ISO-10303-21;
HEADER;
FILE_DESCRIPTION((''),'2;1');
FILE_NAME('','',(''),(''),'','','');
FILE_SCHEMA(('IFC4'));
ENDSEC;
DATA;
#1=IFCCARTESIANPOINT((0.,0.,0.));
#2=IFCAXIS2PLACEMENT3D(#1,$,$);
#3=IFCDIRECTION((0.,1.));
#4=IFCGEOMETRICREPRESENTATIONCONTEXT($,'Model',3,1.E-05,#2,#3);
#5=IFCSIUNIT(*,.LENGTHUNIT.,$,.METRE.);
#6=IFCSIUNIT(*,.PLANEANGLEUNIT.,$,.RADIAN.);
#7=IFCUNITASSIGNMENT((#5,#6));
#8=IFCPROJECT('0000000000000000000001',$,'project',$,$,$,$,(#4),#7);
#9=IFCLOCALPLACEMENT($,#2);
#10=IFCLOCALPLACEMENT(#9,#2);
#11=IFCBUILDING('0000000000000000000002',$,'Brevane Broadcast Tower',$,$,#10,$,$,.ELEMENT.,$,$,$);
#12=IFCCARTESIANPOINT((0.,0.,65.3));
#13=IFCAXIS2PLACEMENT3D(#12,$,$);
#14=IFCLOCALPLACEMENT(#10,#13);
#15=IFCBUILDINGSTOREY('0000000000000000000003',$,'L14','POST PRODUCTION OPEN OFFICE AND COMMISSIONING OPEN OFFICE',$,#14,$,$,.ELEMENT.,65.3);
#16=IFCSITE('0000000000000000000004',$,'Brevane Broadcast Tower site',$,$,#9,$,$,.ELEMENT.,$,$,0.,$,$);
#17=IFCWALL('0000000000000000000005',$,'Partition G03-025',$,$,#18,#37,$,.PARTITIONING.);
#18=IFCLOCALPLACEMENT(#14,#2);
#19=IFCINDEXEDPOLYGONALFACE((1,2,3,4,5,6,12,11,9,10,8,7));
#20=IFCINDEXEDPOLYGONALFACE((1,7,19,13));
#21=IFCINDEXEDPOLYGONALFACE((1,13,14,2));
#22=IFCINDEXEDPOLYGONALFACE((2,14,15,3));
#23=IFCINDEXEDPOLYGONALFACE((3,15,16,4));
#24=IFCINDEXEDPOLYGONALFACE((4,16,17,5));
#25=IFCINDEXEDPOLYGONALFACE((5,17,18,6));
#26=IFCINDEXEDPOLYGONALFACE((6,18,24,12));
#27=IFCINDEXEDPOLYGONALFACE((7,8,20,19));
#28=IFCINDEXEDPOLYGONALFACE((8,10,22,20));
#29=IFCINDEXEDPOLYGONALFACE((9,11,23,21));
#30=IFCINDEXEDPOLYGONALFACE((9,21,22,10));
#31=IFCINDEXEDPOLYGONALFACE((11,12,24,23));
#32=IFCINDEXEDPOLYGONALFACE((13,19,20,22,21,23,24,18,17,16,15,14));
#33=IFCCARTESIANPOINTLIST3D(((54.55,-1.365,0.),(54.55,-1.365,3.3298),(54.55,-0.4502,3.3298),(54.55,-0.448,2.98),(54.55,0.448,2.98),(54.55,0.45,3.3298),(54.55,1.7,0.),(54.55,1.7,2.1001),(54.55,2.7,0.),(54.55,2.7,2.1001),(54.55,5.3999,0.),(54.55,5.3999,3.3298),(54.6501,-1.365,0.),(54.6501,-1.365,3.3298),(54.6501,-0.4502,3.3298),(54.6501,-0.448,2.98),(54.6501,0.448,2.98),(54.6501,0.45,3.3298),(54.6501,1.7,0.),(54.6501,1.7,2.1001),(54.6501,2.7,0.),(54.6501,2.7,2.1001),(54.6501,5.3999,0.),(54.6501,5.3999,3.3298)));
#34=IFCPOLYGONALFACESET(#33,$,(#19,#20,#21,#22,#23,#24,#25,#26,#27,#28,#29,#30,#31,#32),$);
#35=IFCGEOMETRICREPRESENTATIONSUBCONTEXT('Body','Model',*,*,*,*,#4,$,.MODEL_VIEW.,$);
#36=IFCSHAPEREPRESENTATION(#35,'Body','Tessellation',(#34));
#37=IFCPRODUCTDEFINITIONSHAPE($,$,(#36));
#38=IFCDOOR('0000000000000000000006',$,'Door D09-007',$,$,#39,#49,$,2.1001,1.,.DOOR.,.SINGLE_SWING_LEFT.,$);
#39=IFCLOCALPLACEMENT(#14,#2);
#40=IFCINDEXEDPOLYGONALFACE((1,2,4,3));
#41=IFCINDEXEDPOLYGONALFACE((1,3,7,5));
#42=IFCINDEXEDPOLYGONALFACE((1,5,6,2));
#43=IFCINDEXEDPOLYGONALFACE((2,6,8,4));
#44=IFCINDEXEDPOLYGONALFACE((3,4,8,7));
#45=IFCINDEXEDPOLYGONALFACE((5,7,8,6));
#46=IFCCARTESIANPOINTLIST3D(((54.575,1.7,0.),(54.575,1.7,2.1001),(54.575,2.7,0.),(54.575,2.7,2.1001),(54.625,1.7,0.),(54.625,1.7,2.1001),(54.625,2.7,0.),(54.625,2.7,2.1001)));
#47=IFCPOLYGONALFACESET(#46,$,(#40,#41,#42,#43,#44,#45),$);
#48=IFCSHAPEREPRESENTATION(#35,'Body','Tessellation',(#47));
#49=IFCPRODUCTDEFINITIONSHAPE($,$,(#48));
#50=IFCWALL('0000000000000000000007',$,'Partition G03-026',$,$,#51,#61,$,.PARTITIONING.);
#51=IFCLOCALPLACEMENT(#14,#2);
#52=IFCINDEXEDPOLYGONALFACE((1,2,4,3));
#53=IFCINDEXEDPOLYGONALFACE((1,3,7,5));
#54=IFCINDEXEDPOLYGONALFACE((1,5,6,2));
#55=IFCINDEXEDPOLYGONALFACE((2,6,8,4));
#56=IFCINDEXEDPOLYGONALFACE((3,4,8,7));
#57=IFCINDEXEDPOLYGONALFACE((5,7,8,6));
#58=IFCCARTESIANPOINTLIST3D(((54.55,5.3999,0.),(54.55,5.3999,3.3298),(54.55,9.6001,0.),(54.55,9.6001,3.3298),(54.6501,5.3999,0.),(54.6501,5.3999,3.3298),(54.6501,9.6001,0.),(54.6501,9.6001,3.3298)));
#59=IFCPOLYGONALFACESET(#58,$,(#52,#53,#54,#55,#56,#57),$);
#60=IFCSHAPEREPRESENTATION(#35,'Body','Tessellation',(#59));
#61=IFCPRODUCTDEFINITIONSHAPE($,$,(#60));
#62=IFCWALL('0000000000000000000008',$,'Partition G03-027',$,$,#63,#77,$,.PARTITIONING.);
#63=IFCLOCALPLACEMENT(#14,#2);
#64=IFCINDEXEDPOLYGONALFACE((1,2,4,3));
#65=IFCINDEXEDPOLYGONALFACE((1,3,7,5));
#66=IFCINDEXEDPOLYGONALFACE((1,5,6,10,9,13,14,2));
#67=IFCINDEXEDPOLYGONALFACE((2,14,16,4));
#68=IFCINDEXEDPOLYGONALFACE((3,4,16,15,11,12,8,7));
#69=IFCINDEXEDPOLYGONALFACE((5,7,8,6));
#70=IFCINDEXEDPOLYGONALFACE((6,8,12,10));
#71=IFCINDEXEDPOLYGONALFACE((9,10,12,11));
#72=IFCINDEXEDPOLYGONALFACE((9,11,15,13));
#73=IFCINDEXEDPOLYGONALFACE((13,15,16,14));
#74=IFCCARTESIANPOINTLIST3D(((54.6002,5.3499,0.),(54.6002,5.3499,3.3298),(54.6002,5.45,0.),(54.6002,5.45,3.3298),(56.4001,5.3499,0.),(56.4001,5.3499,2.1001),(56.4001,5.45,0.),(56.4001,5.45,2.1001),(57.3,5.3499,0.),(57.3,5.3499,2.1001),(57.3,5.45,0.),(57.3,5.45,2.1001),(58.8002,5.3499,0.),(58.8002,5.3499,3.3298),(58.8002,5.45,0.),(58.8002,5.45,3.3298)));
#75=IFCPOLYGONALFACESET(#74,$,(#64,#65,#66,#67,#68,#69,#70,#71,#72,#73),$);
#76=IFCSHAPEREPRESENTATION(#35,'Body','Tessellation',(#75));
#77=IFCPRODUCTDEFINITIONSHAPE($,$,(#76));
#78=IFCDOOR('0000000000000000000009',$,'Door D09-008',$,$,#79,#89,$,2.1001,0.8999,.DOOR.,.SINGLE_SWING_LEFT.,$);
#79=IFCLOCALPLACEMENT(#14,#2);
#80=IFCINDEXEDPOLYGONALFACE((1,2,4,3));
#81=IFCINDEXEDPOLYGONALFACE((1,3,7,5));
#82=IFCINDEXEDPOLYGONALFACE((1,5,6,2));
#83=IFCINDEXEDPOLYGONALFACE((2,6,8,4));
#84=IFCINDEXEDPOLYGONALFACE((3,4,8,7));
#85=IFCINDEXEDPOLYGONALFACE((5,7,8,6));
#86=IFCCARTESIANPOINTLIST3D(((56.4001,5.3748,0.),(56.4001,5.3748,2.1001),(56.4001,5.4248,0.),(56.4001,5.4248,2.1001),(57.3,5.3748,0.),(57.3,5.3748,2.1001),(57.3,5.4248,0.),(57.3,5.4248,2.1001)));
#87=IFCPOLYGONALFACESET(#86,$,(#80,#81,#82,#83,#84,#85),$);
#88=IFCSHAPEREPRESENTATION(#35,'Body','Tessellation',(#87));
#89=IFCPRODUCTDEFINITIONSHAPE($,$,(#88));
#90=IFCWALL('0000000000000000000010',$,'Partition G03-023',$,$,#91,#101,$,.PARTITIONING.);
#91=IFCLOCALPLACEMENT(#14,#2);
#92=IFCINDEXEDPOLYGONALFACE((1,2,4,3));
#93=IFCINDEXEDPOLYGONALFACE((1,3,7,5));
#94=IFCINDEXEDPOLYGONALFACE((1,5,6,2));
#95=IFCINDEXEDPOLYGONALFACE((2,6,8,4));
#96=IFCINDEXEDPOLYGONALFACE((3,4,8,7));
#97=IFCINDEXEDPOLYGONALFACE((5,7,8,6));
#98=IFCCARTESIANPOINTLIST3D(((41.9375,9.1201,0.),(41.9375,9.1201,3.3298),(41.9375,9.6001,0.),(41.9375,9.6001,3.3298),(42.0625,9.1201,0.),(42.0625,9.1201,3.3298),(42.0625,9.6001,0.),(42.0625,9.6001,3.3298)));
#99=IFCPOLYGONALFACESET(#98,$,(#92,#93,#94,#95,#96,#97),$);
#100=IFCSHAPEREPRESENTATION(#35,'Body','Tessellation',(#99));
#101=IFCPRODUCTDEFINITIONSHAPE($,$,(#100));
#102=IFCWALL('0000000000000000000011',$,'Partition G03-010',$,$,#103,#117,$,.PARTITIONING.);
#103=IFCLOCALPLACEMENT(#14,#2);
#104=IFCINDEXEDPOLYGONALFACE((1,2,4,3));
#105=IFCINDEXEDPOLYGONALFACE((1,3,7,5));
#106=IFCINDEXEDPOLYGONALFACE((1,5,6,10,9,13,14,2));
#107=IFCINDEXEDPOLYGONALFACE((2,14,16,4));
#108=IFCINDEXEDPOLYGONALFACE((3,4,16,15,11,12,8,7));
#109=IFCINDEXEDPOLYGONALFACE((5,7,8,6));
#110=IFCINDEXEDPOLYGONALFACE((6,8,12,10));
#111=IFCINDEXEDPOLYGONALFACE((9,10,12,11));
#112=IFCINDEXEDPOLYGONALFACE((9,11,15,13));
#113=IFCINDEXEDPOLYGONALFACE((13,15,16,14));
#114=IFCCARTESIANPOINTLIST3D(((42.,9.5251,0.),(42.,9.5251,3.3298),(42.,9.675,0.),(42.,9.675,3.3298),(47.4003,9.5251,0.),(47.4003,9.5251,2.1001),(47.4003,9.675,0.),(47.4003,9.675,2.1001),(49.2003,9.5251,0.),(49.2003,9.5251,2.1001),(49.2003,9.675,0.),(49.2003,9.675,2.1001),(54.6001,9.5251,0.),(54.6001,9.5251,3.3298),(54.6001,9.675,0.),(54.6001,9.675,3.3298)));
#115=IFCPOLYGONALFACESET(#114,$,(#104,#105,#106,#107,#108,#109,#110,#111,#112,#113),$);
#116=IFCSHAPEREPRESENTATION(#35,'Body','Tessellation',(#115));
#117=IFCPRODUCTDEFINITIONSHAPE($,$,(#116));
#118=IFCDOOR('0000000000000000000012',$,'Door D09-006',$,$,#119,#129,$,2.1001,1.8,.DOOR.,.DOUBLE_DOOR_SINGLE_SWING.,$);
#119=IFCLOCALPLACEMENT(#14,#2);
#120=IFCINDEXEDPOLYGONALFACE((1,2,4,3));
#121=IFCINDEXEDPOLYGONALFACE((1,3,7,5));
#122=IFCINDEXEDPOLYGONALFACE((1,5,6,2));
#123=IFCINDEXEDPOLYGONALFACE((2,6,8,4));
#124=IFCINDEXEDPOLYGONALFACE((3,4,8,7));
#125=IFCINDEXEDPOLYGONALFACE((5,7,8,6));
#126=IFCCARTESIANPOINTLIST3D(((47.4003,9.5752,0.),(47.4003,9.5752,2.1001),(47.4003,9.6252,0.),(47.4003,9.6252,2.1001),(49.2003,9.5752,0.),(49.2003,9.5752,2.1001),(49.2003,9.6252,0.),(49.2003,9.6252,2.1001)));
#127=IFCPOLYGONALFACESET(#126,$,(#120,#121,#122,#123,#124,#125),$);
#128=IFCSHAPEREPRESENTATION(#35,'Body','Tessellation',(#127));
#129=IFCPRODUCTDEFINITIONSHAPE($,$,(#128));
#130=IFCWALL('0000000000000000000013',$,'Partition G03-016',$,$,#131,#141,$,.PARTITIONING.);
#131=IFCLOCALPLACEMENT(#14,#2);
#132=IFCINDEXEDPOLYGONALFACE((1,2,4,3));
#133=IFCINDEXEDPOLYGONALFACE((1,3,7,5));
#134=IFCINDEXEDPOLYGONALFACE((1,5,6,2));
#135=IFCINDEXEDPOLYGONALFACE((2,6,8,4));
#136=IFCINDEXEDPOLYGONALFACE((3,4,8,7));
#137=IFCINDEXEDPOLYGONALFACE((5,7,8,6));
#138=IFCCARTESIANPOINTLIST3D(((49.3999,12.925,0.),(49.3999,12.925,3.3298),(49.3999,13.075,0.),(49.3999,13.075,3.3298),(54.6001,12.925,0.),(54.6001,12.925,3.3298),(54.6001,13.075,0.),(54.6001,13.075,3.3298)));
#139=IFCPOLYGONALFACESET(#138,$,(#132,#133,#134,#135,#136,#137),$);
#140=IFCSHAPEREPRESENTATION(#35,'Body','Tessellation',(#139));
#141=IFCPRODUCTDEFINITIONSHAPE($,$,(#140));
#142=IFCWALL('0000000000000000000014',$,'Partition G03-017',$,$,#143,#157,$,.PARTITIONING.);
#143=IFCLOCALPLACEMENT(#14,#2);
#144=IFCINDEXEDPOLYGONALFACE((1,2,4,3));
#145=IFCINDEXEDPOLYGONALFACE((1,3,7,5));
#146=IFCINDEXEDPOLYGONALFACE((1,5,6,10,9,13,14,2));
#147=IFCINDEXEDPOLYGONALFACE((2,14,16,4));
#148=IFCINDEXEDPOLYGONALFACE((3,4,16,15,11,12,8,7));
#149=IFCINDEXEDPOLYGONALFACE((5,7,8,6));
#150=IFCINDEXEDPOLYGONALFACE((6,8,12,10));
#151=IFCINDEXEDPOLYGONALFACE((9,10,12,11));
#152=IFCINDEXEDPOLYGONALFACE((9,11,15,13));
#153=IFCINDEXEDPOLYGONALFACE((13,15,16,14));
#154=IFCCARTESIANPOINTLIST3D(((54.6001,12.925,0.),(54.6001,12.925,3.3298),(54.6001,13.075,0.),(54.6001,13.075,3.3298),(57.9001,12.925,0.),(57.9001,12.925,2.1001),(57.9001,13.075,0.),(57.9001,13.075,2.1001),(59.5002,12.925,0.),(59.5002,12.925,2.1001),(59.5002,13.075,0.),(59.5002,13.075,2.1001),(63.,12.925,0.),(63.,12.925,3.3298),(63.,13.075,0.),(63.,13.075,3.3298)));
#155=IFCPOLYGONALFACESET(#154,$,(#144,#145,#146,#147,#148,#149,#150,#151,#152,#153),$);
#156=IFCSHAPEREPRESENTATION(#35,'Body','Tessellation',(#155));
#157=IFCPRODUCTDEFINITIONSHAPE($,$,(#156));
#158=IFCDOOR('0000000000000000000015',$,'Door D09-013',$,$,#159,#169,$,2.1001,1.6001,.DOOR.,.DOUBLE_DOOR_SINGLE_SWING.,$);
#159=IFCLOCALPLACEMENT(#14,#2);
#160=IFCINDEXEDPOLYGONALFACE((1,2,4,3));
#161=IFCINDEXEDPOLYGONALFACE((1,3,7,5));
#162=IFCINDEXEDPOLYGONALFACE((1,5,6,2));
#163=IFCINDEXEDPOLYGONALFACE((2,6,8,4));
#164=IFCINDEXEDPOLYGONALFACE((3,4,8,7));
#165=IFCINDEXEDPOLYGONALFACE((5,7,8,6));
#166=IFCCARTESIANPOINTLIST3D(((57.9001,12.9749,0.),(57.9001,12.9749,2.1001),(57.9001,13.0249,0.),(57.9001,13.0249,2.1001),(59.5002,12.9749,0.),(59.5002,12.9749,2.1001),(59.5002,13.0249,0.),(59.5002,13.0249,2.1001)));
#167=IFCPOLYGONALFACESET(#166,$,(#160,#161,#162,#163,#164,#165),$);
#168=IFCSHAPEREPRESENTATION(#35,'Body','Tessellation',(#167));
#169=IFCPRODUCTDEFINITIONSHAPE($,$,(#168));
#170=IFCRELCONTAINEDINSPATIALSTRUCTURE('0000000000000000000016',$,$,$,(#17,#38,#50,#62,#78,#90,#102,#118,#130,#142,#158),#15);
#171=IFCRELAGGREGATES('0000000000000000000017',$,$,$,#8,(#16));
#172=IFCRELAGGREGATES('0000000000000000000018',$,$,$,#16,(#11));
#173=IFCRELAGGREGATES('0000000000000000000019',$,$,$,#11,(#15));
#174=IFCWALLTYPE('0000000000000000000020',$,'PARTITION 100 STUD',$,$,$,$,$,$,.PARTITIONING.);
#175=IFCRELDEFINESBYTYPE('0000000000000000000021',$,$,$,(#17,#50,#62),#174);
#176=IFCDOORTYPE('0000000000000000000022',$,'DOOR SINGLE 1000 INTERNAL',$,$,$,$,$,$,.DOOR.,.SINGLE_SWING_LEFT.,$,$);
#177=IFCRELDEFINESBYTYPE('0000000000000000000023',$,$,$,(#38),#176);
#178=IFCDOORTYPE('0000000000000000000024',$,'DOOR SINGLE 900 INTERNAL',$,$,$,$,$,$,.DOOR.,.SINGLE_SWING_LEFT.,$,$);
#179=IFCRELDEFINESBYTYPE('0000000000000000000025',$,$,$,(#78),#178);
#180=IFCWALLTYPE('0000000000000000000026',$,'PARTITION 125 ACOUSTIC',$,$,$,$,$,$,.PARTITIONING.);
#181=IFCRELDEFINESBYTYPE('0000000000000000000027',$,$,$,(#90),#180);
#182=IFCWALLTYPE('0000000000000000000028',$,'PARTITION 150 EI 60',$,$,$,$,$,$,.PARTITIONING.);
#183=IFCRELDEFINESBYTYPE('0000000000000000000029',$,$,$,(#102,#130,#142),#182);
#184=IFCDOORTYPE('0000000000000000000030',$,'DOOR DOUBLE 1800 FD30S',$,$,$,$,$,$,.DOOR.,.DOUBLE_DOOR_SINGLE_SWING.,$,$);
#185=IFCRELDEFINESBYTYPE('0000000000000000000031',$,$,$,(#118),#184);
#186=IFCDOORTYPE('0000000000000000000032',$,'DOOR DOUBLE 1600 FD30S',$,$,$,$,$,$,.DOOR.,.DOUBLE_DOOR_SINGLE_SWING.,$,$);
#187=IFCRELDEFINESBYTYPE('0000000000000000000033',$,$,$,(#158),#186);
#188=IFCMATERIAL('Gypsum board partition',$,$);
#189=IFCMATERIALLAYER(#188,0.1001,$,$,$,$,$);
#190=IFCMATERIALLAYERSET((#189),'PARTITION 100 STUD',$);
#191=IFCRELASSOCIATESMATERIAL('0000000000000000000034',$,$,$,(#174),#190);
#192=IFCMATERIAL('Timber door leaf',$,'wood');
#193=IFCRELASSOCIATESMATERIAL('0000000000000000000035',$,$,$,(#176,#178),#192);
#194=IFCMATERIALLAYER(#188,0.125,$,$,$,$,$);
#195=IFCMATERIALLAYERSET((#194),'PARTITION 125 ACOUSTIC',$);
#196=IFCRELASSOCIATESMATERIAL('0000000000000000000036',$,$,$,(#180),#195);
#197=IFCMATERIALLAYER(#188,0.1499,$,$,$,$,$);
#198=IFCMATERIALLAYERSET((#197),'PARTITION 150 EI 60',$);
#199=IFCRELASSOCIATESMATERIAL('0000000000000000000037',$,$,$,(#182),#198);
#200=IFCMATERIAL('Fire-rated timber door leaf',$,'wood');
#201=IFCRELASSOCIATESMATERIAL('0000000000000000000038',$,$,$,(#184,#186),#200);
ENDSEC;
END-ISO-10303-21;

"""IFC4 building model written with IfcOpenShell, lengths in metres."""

from ifc_helpers import new_model, si_unit, direction, frame, frame_2d, origin, place, context, subcontext, project, spatial, polyline, rectangle, outline, extrude, material, layer, layer_set, type_object, element, fill, save


model = new_model("IFC4")

# Units and contexts
model_context = context("Model", 3, precision=1e-05, world=origin(), true_north=direction((0.0, 1.0)))
body_context = subcontext(model_context, "Body", "Model", "MODEL_VIEW")
ifc_project = project(units=[si_unit("LENGTHUNIT", "METRE"), si_unit("PLANEANGLEUNIT", "RADIAN")], contexts=[model_context])

# Site, building, storey
site_placement = place(None, origin())
site = spatial("IfcSite", under=ifc_project, at=site_placement, Name="Brevane Broadcast Tower site", CompositionType="ELEMENT", RefElevation=0.0)
building_placement = place(site_placement, origin())
building = spatial("IfcBuilding", under=site, at=building_placement, Name="Brevane Broadcast Tower", CompositionType="ELEMENT")
storey_placement = place(building_placement, frame((0.0, 0.0, 65.3)))
storey = spatial("IfcBuildingStorey", under=building, at=storey_placement, Name="L14", Description="POST PRODUCTION OPEN OFFICE AND COMMISSIONING OPEN OFFICE", CompositionType="ELEMENT", Elevation=65.3)

# Wall, opening, door
ifc_material_1 = material(Name="Gypsum board partition")
ifc_layer_1 = layer(ifc_material_1, 0.1001)
ifc_layer_set_1 = layer_set([ifc_layer_1], Name="PARTITION 100 STUD")
wall_type_1 = type_object("IfcWallType", Name="PARTITION 100 STUD", PredefinedType="PARTITIONING", material=ifc_layer_set_1)
wall_1_placement = place(storey_placement, frame((54.6001, 5.3999, 0.0), z_axis=(0.0, 0.0, 1.0), x_axis=(0.0, -1.0, 0.0)))
wall_1 = element("IfcWall", 1, at=wall_1_placement, inside=storey, type_object=wall_type_1, Name="Partition G03-025", PredefinedType="PARTITIONING", context=body_context, shape_type="SweptSolid", body=[
    extrude(outline(polyline([(0.0, 0.0), (6.7649, 0.0), (6.7649, 3.3298), (6.5, 3.3298), (5.8501, 3.3298), (5.8479, 2.98), (4.9519, 2.98), (4.95, 3.3298), (0.0, 3.3298), (0.0, 0.0)])), frame((0.0, 0.05, 0.0), z_axis=(0.0, -1.0, 0.0), x_axis=(1.0, 0.0, 0.0)), (0.0, 0.0, 1.0), 0.1001),
])
opening_1_placement = place(wall_1_placement, frame((2.7, 0.0, 0.0)))
opening_1 = element("IfcOpeningElement", 2, at=opening_1_placement, cuts=wall_1, PredefinedType="OPENING", context=body_context, shape_type="SweptSolid", body=[
    extrude(rectangle(XDim=1.0, YDim=2.1001, at=frame_2d((0.5, 1.05))), frame((0.0, 0.0601, 0.0), z_axis=(0.0, -1.0, 0.0), x_axis=(1.0, 0.0, 0.0)), (0.0, 0.0, 1.0), 0.1201),
])
ifc_material_2 = material(Name="Timber door leaf", Category="wood")
door_type_1 = type_object("IfcDoorType", Name="DOOR SINGLE 1000 INTERNAL", OperationType="SINGLE_SWING_LEFT", PredefinedType="DOOR", material=ifc_material_2)
door_1_placement = place(opening_1_placement, origin())
door_1 = element("IfcDoor", 3, at=door_1_placement, inside=storey, type_object=door_type_1, Name="Door D09-007", OperationType="SINGLE_SWING_LEFT", OverallHeight=2.1001, OverallWidth=1.0, PredefinedType="DOOR", context=body_context, shape_type="SweptSolid", body=[
    extrude(rectangle(XDim=1.0, YDim=2.1001, at=frame_2d((0.5, 1.05))), frame((0.0, 0.0249, 0.0), z_axis=(0.0, -1.0, 0.0), x_axis=(1.0, 0.0, 0.0)), (0.0, 0.0, 1.0), 0.05),
])
fill(opening_1, door_1)

# Wall
wall_2_placement = place(storey_placement, frame((54.6001, 9.6001, 0.0), z_axis=(0.0, 0.0, 1.0), x_axis=(0.0, -1.0, 0.0)))
element("IfcWall", 4, at=wall_2_placement, inside=storey, type_object=wall_type_1, Name="Partition G03-026", PredefinedType="PARTITIONING", context=body_context, shape_type="SweptSolid", body=[
    extrude(rectangle(XDim=4.2002, YDim=0.1001, at=frame_2d((2.1001, 0.0))), origin(), (0.0, 0.0, 1.0), 3.3298),
])

# Wall, opening, door
wall_3_placement = place(storey_placement, frame((54.6001, 5.3999, 0.0), z_axis=(0.0, 0.0, 1.0), x_axis=(1.0, 0.0, 0.0)))
wall_3 = element("IfcWall", 5, at=wall_3_placement, inside=storey, type_object=wall_type_1, Name="Partition G03-027", PredefinedType="PARTITIONING", context=body_context, shape_type="SweptSolid", body=[
    extrude(rectangle(XDim=4.2, YDim=0.1001, at=frame_2d((2.1001, 0.0))), origin(), (0.0, 0.0, 1.0), 3.3298),
])
opening_2_placement = place(wall_3_placement, frame((1.8, 0.0, 0.0)))
opening_2 = element("IfcOpeningElement", 6, at=opening_2_placement, cuts=wall_3, PredefinedType="OPENING", context=body_context, shape_type="SweptSolid", body=[
    extrude(rectangle(XDim=0.8999, YDim=2.1001, at=frame_2d((0.45, 1.05))), frame((0.0, 0.0601, 0.0), z_axis=(0.0, -1.0, 0.0), x_axis=(1.0, 0.0, 0.0)), (0.0, 0.0, 1.0), 0.1201),
])
door_type_2 = type_object("IfcDoorType", Name="DOOR SINGLE 900 INTERNAL", OperationType="SINGLE_SWING_LEFT", PredefinedType="DOOR", material=ifc_material_2)
door_2_placement = place(opening_2_placement, origin())
door_2 = element("IfcDoor", 7, at=door_2_placement, inside=storey, type_object=door_type_2, Name="Door D09-008", OperationType="SINGLE_SWING_LEFT", OverallHeight=2.1001, OverallWidth=0.8999, PredefinedType="DOOR", context=body_context, shape_type="SweptSolid", body=[
    extrude(rectangle(XDim=0.8999, YDim=2.1001, at=frame_2d((0.45, 1.05))), frame((0.0, 0.0249, 0.0), z_axis=(0.0, -1.0, 0.0), x_axis=(1.0, 0.0, 0.0)), (0.0, 0.0, 1.0), 0.05),
])
fill(opening_2, door_2)

# Wall
ifc_layer_2 = layer(ifc_material_1, 0.125)
ifc_layer_set_2 = layer_set([ifc_layer_2], Name="PARTITION 125 ACOUSTIC")
wall_type_2 = type_object("IfcWallType", Name="PARTITION 125 ACOUSTIC", PredefinedType="PARTITIONING", material=ifc_layer_set_2)
wall_4_placement = place(storey_placement, frame((42.0, 9.6001, 0.0), z_axis=(0.0, 0.0, 1.0), x_axis=(0.0, -1.0, 0.0)))
element("IfcWall", 8, at=wall_4_placement, inside=storey, type_object=wall_type_2, Name="Partition G03-023", PredefinedType="PARTITIONING", context=body_context, shape_type="SweptSolid", body=[
    extrude(rectangle(XDim=0.48, YDim=0.125, at=frame_2d((0.24, 0.0))), origin(), (0.0, 0.0, 1.0), 3.3298),
])

# Wall, opening, door
ifc_layer_3 = layer(ifc_material_1, 0.1499)
ifc_layer_set_3 = layer_set([ifc_layer_3], Name="PARTITION 150 EI 60")
wall_type_3 = type_object("IfcWallType", Name="PARTITION 150 EI 60", PredefinedType="PARTITIONING", material=ifc_layer_set_3)
wall_5_placement = place(storey_placement, frame((54.6001, 9.6001, 0.0), z_axis=(0.0, 0.0, 1.0), x_axis=(-1.0, 0.0, 0.0)))
wall_5 = element("IfcWall", 9, at=wall_5_placement, inside=storey, type_object=wall_type_3, Name="Partition G03-010", PredefinedType="PARTITIONING", context=body_context, shape_type="SweptSolid", body=[
    extrude(rectangle(XDim=12.6001, YDim=0.1499, at=frame_2d((6.3, 0.0))), origin(), (0.0, 0.0, 1.0), 3.3298),
])
opening_3_placement = place(wall_5_placement, frame((5.3999, 0.0, 0.0)))
opening_3 = element("IfcOpeningElement", 10, at=opening_3_placement, cuts=wall_5, PredefinedType="OPENING", context=body_context, shape_type="SweptSolid", body=[
    extrude(rectangle(XDim=1.8, YDim=2.1001, at=frame_2d((0.8999, 1.05))), frame((0.0, 0.085, 0.0), z_axis=(0.0, -1.0, 0.0), x_axis=(1.0, 0.0, 0.0)), (0.0, 0.0, 1.0), 0.1699),
])
ifc_material_3 = material(Name="Fire-rated timber door leaf", Category="wood")
door_type_3 = type_object("IfcDoorType", Name="DOOR DOUBLE 1800 FD30S", OperationType="DOUBLE_DOOR_SINGLE_SWING", PredefinedType="DOOR", material=ifc_material_3)
door_3_placement = place(opening_3_placement, origin())
door_3 = element("IfcDoor", 11, at=door_3_placement, inside=storey, type_object=door_type_3, Name="Door D09-006", OperationType="DOUBLE_DOOR_SINGLE_SWING", OverallHeight=2.1001, OverallWidth=1.8, PredefinedType="DOOR", context=body_context, shape_type="SweptSolid", body=[
    extrude(rectangle(XDim=1.8, YDim=2.1001, at=frame_2d((0.8999, 1.05))), frame((0.0, 0.0249, 0.0), z_axis=(0.0, -1.0, 0.0), x_axis=(1.0, 0.0, 0.0)), (0.0, 0.0, 1.0), 0.05),
])
fill(opening_3, door_3)

# Wall
wall_6_placement = place(storey_placement, frame((49.3999, 13.0, 0.0), z_axis=(0.0, 0.0, 1.0), x_axis=(1.0, 0.0, 0.0)))
element("IfcWall", 12, at=wall_6_placement, inside=storey, type_object=wall_type_3, Name="Partition G03-016", PredefinedType="PARTITIONING", context=body_context, shape_type="SweptSolid", body=[
    extrude(rectangle(XDim=5.2002, YDim=0.1499, at=frame_2d((2.6001, 0.0))), origin(), (0.0, 0.0, 1.0), 3.3298),
])

# Wall, opening, door
wall_7_placement = place(storey_placement, frame((54.6001, 13.0, 0.0), z_axis=(0.0, 0.0, 1.0), x_axis=(1.0, 0.0, 0.0)))
wall_7 = element("IfcWall", 13, at=wall_7_placement, inside=storey, type_object=wall_type_3, Name="Partition G03-017", PredefinedType="PARTITIONING", context=body_context, shape_type="SweptSolid", body=[
    extrude(rectangle(XDim=8.3999, YDim=0.1499, at=frame_2d((4.2, 0.0))), origin(), (0.0, 0.0, 1.0), 3.3298),
])
opening_4_placement = place(wall_7_placement, frame((3.3, 0.0, 0.0)))
opening_4 = element("IfcOpeningElement", 14, at=opening_4_placement, cuts=wall_7, PredefinedType="OPENING", context=body_context, shape_type="SweptSolid", body=[
    extrude(rectangle(XDim=1.6001, YDim=2.1001, at=frame_2d((0.8, 1.05))), frame((0.0, 0.085, 0.0), z_axis=(0.0, -1.0, 0.0), x_axis=(1.0, 0.0, 0.0)), (0.0, 0.0, 1.0), 0.1699),
])
door_type_4 = type_object("IfcDoorType", Name="DOOR DOUBLE 1600 FD30S", OperationType="DOUBLE_DOOR_SINGLE_SWING", PredefinedType="DOOR", material=ifc_material_3)
door_4_placement = place(opening_4_placement, origin())
door_4 = element("IfcDoor", 15, at=door_4_placement, inside=storey, type_object=door_type_4, Name="Door D09-013", OperationType="DOUBLE_DOOR_SINGLE_SWING", OverallHeight=2.1001, OverallWidth=1.6001, PredefinedType="DOOR", context=body_context, shape_type="SweptSolid", body=[
    extrude(rectangle(XDim=1.6001, YDim=2.1001, at=frame_2d((0.8, 1.05))), frame((0.0, 0.0249, 0.0), z_axis=(0.0, -1.0, 0.0), x_axis=(1.0, 0.0, 0.0)), (0.0, 0.0, 1.0), 0.05),
])
fill(opening_4, door_4)

save(model, "model.ifc")
